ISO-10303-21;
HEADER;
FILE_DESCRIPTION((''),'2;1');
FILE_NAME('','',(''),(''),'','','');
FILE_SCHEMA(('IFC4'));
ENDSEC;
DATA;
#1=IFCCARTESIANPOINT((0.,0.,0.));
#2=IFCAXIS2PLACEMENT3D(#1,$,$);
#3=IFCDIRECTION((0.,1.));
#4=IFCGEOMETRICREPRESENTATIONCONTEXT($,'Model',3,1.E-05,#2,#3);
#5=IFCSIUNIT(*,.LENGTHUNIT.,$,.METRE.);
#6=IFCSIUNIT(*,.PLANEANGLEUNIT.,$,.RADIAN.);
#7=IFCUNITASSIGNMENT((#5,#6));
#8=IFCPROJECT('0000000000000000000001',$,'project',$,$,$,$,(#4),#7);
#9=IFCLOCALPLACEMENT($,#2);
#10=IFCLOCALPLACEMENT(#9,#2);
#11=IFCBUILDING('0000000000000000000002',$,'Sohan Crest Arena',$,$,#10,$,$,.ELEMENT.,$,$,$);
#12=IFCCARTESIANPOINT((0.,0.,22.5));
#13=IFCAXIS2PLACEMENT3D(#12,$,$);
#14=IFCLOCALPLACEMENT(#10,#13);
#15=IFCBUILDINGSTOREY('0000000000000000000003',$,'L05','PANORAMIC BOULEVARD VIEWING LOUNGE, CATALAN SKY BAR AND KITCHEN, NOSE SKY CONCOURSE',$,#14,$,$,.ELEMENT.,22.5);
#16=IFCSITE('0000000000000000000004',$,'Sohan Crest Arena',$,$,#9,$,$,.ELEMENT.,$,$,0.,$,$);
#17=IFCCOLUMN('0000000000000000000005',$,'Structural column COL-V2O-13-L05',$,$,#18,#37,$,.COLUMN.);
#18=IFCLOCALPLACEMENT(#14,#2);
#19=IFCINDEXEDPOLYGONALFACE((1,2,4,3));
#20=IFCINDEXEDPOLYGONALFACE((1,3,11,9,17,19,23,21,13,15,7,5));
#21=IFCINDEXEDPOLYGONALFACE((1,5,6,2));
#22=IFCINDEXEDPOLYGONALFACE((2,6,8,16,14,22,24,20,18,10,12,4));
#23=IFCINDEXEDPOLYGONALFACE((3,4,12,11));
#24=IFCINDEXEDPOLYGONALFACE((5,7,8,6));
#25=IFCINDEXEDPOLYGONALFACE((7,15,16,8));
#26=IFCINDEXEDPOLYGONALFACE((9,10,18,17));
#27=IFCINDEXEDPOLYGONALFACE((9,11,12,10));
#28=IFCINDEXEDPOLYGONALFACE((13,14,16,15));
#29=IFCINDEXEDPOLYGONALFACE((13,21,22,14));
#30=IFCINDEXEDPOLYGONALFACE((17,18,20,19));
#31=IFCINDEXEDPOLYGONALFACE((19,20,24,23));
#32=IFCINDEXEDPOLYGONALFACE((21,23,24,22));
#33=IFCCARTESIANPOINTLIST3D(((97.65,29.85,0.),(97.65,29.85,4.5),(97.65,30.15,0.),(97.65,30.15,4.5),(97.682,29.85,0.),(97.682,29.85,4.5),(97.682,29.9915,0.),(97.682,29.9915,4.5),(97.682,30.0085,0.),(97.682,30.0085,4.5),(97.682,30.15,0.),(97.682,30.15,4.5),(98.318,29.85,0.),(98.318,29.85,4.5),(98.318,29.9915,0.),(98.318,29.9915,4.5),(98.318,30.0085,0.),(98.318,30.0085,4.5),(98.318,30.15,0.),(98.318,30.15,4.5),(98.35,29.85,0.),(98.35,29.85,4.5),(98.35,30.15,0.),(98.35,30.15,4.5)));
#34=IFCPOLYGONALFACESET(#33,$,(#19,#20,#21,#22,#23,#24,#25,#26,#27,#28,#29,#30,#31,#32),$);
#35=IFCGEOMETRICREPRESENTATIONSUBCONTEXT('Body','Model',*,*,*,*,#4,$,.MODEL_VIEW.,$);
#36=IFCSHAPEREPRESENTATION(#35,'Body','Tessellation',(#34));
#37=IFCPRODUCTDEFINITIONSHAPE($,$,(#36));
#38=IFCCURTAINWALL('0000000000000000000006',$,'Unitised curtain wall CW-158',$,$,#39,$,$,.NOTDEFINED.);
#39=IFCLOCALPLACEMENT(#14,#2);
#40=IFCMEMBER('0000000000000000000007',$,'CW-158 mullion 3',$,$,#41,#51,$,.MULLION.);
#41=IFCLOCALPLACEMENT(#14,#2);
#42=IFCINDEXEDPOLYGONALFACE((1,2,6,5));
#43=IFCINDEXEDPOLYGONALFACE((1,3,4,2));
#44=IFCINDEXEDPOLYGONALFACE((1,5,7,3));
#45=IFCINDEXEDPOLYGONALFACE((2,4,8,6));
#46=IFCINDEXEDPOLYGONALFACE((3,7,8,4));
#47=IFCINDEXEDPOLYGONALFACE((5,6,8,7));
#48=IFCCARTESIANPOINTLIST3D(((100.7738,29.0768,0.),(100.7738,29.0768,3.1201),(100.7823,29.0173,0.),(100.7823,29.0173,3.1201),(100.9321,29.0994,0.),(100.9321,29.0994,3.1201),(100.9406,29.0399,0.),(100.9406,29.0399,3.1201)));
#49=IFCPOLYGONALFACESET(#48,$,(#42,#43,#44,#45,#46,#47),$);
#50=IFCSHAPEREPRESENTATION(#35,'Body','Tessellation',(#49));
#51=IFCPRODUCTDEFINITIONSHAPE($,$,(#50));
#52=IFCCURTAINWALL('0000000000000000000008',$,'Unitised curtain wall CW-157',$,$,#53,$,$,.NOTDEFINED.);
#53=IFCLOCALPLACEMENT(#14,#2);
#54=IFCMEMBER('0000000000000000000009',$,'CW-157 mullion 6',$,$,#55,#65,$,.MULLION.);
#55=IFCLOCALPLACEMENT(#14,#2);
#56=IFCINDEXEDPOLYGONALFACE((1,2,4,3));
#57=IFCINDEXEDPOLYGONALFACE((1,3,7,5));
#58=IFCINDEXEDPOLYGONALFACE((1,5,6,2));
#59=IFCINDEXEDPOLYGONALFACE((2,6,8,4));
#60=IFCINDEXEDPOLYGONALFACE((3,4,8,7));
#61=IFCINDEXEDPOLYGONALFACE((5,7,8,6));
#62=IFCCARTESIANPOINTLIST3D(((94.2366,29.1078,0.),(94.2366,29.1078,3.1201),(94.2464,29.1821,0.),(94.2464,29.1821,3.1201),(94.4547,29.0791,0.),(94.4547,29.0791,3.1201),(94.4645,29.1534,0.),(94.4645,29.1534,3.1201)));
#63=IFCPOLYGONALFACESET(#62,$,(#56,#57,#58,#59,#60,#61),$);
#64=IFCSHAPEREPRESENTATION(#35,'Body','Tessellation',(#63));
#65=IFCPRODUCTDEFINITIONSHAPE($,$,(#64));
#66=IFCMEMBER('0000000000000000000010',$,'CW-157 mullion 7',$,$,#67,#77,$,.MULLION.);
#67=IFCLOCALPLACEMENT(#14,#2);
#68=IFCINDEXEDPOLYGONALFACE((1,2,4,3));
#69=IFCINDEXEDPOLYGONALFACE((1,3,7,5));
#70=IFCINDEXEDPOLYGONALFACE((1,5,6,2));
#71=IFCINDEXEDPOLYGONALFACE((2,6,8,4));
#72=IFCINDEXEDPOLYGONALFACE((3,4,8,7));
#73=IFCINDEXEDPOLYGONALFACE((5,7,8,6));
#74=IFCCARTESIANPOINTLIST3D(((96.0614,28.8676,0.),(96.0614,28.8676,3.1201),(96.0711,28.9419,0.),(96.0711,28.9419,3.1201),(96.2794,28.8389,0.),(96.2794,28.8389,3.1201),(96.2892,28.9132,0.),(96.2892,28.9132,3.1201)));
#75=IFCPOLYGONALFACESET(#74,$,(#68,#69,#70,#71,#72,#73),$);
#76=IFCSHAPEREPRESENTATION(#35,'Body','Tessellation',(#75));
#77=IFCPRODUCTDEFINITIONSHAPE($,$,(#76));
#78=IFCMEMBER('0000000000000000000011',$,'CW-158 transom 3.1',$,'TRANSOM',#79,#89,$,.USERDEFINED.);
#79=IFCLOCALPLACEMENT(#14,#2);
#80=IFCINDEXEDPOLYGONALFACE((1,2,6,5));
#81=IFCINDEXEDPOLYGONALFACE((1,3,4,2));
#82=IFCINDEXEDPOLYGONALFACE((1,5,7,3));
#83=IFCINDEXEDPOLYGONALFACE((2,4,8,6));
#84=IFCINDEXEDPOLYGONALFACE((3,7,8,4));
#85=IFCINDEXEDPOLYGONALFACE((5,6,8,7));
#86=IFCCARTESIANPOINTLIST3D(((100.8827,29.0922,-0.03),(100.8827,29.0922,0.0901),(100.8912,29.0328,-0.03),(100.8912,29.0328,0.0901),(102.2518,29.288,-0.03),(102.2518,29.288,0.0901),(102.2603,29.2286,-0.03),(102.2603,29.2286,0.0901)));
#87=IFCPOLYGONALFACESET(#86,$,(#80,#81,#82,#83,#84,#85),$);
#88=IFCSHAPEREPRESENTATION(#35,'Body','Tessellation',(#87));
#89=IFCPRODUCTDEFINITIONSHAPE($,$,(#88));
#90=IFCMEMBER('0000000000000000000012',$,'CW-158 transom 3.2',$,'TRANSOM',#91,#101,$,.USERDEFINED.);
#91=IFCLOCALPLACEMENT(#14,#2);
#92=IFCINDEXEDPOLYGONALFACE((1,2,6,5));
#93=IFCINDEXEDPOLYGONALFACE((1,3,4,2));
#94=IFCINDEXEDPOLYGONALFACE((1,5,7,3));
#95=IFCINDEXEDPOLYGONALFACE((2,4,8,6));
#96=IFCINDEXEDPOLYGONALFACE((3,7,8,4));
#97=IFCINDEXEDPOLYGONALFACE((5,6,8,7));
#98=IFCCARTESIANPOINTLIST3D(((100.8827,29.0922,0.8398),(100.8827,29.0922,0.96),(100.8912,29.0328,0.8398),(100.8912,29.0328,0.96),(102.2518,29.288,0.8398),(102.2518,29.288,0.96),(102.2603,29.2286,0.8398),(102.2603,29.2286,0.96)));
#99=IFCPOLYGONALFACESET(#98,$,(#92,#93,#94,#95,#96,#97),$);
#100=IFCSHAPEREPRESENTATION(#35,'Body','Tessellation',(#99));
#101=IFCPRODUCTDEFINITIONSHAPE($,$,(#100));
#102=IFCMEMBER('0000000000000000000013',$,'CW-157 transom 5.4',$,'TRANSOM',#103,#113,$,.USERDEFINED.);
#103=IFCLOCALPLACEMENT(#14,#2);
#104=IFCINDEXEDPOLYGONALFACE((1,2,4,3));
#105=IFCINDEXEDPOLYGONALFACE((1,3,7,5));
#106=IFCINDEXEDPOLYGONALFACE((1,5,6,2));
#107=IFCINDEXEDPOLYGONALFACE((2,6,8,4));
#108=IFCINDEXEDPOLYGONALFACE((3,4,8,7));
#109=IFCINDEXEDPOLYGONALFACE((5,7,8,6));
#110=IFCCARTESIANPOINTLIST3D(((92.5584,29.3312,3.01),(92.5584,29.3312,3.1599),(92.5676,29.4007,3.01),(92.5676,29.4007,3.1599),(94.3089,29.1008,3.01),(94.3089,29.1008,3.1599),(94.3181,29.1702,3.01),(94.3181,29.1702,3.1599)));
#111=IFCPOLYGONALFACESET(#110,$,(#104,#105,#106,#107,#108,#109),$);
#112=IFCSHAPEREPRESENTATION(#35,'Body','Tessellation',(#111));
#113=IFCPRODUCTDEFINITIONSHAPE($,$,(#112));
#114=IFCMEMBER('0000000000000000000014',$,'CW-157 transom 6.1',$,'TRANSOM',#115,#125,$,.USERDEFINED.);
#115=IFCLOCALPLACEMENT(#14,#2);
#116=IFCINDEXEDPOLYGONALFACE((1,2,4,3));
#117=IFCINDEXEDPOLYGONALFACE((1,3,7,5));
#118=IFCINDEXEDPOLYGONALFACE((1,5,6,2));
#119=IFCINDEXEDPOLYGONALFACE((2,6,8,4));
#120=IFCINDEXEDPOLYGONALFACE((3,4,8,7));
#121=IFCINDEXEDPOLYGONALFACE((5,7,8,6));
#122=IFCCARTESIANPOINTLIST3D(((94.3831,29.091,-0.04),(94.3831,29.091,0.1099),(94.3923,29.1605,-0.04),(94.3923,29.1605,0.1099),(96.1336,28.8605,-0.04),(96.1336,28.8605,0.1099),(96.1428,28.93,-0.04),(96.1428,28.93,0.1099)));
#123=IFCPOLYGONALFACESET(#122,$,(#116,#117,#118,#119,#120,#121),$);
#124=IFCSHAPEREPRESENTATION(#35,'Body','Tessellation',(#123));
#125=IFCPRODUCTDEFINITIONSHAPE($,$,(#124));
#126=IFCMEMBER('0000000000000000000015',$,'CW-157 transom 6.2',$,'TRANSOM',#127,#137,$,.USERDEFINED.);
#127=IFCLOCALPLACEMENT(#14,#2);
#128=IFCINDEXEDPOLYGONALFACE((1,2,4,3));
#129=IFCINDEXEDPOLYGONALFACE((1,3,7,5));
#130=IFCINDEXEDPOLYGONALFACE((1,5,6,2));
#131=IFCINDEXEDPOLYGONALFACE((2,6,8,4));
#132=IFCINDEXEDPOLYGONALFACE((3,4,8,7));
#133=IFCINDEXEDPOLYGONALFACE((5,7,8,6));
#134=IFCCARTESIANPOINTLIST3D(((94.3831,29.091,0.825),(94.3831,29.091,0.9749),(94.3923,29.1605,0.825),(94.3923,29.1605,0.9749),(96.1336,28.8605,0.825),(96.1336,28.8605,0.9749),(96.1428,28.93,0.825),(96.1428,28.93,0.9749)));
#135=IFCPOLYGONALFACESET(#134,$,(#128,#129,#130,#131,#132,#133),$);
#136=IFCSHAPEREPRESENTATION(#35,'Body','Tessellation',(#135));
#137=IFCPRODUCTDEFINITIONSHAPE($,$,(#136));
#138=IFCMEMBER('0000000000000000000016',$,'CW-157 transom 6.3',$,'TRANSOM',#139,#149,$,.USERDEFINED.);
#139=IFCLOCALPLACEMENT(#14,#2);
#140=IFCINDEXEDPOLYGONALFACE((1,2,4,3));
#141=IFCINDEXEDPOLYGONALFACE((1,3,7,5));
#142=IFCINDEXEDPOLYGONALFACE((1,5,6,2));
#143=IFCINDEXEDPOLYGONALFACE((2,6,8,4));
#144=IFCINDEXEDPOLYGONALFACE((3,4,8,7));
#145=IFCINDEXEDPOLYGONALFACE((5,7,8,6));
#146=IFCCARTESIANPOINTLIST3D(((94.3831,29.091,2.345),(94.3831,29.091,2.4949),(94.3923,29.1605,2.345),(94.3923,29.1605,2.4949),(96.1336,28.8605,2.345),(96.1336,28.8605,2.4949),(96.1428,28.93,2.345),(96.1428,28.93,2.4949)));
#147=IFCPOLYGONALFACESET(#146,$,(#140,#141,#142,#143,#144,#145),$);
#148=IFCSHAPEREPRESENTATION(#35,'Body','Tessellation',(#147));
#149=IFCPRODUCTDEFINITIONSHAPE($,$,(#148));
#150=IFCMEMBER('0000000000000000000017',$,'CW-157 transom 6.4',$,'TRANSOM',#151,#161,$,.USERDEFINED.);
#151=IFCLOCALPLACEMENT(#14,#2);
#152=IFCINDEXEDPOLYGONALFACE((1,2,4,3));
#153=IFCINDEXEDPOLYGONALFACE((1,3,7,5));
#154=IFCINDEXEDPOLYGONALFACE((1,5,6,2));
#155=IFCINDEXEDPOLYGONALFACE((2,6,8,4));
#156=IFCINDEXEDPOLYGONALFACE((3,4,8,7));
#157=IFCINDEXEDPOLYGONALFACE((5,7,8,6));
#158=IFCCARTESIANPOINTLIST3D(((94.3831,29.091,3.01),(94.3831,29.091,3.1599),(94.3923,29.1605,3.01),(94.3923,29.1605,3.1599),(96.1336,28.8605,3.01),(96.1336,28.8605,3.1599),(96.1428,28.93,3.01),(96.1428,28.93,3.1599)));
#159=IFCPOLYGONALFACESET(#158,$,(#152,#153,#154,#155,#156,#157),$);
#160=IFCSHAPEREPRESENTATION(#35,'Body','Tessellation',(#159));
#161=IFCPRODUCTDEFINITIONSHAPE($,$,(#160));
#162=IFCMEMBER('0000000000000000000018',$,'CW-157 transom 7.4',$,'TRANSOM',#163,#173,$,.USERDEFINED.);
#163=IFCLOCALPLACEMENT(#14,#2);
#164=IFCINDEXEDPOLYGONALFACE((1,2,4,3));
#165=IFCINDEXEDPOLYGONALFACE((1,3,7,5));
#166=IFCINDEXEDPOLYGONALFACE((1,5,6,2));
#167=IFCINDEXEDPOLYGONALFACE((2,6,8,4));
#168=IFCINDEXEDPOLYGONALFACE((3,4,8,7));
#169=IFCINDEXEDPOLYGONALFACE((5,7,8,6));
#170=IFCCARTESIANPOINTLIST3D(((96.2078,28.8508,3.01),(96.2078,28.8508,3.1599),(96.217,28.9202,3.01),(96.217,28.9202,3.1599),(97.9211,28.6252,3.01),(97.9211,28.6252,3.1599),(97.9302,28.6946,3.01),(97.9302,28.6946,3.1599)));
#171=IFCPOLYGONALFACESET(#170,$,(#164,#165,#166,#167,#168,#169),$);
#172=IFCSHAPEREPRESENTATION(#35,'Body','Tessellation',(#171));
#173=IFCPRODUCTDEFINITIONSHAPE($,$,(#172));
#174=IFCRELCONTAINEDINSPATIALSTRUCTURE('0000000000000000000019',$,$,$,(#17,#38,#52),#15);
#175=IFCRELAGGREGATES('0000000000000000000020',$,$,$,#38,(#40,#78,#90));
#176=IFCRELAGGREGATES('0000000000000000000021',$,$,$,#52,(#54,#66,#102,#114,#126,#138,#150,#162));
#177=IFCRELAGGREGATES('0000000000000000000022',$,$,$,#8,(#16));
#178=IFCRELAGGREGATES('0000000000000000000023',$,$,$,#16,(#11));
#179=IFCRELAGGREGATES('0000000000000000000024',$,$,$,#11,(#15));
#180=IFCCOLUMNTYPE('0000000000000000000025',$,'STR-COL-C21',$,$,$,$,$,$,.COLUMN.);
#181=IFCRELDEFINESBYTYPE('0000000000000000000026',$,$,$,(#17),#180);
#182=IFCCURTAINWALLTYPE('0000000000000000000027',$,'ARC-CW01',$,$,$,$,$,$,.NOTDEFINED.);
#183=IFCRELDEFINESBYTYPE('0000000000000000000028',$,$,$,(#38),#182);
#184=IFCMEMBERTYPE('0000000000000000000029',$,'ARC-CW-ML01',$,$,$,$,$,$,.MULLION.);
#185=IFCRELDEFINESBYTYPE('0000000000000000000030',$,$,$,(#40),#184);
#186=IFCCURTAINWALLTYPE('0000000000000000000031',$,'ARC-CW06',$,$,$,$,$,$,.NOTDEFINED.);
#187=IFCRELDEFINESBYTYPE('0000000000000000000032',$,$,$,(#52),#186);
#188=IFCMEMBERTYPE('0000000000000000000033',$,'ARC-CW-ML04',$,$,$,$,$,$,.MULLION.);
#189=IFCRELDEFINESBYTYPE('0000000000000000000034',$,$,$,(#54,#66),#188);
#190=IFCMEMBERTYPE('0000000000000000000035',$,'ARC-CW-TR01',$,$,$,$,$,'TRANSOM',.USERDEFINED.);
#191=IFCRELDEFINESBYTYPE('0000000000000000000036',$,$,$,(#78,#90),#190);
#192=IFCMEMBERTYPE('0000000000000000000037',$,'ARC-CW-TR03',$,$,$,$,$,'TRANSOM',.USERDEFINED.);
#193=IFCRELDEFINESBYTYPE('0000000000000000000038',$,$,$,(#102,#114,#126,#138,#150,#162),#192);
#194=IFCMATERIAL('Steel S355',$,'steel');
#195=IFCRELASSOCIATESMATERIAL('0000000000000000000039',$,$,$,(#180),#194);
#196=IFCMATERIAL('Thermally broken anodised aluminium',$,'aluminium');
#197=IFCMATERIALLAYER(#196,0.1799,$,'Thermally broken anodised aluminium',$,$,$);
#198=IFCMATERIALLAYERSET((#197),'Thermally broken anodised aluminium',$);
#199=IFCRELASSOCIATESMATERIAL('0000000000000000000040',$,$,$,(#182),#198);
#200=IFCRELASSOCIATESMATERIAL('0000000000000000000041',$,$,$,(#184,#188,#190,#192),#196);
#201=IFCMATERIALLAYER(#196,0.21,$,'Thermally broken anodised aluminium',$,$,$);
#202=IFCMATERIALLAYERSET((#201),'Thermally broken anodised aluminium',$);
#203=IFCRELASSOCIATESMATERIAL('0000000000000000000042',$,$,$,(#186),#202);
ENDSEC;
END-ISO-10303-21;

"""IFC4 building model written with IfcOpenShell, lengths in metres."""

from ifc_helpers import new_model, si_unit, direction, frame, origin, origin_2d, place, context, subcontext, project, spatial, rectangle, i_section, extrude, material, layer, layer_set, material_profile, profile_set, type_object, element, aggregate, save


model = new_model("IFC4")

# Units and contexts
model_context = context("Model", 3, precision=1e-05, world=origin(), true_north=direction((0.0, 1.0)))
body_context = subcontext(model_context, "Body", "Model", "MODEL_VIEW")
ifc_project = project(units=[si_unit("LENGTHUNIT", "METRE"), si_unit("PLANEANGLEUNIT", "RADIAN")], contexts=[model_context])

# Site, building, storey
site_placement = place(None, origin())
site = spatial("IfcSite", under=ifc_project, at=site_placement, Name="Sohan Crest Arena", CompositionType="ELEMENT", RefElevation=0.0)
building_placement = place(site_placement, origin())
building = spatial("IfcBuilding", under=site, at=building_placement, Name="Sohan Crest Arena", CompositionType="ELEMENT")
storey_placement = place(building_placement, frame((0.0, 0.0, 22.5)))
storey = spatial("IfcBuildingStorey", under=building, at=storey_placement, Name="L05", Description="PANORAMIC BOULEVARD VIEWING LOUNGE, CATALAN SKY BAR AND KITCHEN, NOSE SKY CONCOURSE", CompositionType="ELEMENT", Elevation=22.5)

# Column
ifc_material_1 = material(Name="Steel S355", Category="steel")
ifc_material_profile_1 = material_profile(ifc_material_1, i_section(OverallWidth=0.3, OverallDepth=0.7, WebThickness=0.0171, FlangeThickness=0.032, at=origin_2d()), Name="HEB 700")
ifc_profile_set_1 = profile_set([ifc_material_profile_1], Name="Steel S355")
column_type = type_object("IfcColumnType", Name="STR-COL-C21", PredefinedType="COLUMN", material=ifc_profile_set_1)
column_placement = place(storey_placement, frame((98.0, 30.0, 0.0), z_axis=(0.0, 0.0, 1.0), x_axis=(0.0, 1.0, 0.0)))
element("IfcColumn", 1, at=column_placement, inside=storey, type_object=column_type, Name="Structural column COL-V2O-13-L05", PredefinedType="COLUMN", context=body_context, shape_type="SweptSolid", body=[
    extrude(i_section(OverallWidth=0.3, OverallDepth=0.7, WebThickness=0.0171, FlangeThickness=0.032, at=origin_2d()), origin(), (0.0, 0.0, 1.0), 4.5),
])

# Curtain wall, member
ifc_material_2 = material(Name="Thermally broken anodised aluminium", Category="aluminium")
ifc_layer_1 = layer(ifc_material_2, 0.1799, Name="Thermally broken anodised aluminium")
ifc_layer_set_1 = layer_set([ifc_layer_1], Name="Thermally broken anodised aluminium")
curtain_wall_type_1 = type_object("IfcCurtainWallType", Name="ARC-CW01", PredefinedType="NOTDEFINED", material=ifc_layer_set_1)
curtain_wall_1_placement = place(storey_placement, origin())
curtain_wall_1 = element("IfcCurtainWall", 2, at=curtain_wall_1_placement, inside=storey, type_object=curtain_wall_type_1, Name="Unitised curtain wall CW-158", PredefinedType="NOTDEFINED")
ifc_material_profile_2 = material_profile(ifc_material_2, rectangle(XDim=0.0601, YDim=0.1599, at=origin_2d()), Name="ALU-MULL 60x160")
ifc_profile_set_2 = profile_set([ifc_material_profile_2], Name="Thermally broken anodised aluminium")
member_type_1 = type_object("IfcMemberType", Name="ARC-CW-ML01", PredefinedType="MULLION", material=ifc_profile_set_2)
member_1_placement = place(storey_placement, frame((100.8572, 29.0583, 0.0), z_axis=(0.0, 0.0, 1.0), x_axis=(-0.141463, 0.989944, 0.0)))
member_1 = element("IfcMember", 3, at=member_1_placement, type_object=member_type_1, Name="CW-158 mullion 3", PredefinedType="MULLION", context=body_context, shape_type="SweptSolid", body=[
    extrude(rectangle(XDim=0.0601, YDim=0.1599, at=origin_2d()), origin(), (0.0, 0.0, 1.0), 3.1201),
])

# Curtain wall, members
ifc_layer_2 = layer(ifc_material_2, 0.21, Name="Thermally broken anodised aluminium")
ifc_layer_set_2 = layer_set([ifc_layer_2], Name="Thermally broken anodised aluminium")
curtain_wall_type_2 = type_object("IfcCurtainWallType", Name="ARC-CW06", PredefinedType="NOTDEFINED", material=ifc_layer_set_2)
curtain_wall_2_placement = place(storey_placement, origin())
curtain_wall_2 = element("IfcCurtainWall", 4, at=curtain_wall_2_placement, inside=storey, type_object=curtain_wall_type_2, Name="Unitised curtain wall CW-157", PredefinedType="NOTDEFINED")
ifc_material_profile_3 = material_profile(ifc_material_2, rectangle(XDim=0.075, YDim=0.22, at=origin_2d()), Name="ALU-MULL 75x220")
ifc_profile_set_3 = profile_set([ifc_material_profile_3], Name="Thermally broken anodised aluminium")
member_type_2 = type_object("IfcMemberType", Name="ARC-CW-ML04", PredefinedType="MULLION", material=ifc_profile_set_3)
member_2_placement = place(storey_placement, frame((94.3506, 29.1306, 0.0), z_axis=(0.0, 0.0, 1.0), x_axis=(0.130557, 0.991441, 0.0)))
member_2 = element("IfcMember", 5, at=member_2_placement, type_object=member_type_2, Name="CW-157 mullion 6", PredefinedType="MULLION", context=body_context, shape_type="SweptSolid", body=[
    extrude(rectangle(XDim=0.075, YDim=0.22, at=origin_2d()), origin(), (0.0, 0.0, 1.0), 3.1201),
])
member_3_placement = place(storey_placement, frame((96.1753, 28.8904, 0.0), z_axis=(0.0, 0.0, 1.0), x_axis=(0.130557, 0.991441, 0.0)))
member_3 = element("IfcMember", 6, at=member_3_placement, type_object=member_type_2, Name="CW-157 mullion 7", PredefinedType="MULLION", context=body_context, shape_type="SweptSolid", body=[
    extrude(rectangle(XDim=0.075, YDim=0.22, at=origin_2d()), origin(), (0.0, 0.0, 1.0), 3.1201),
])

# Members
ifc_material_profile_4 = material_profile(ifc_material_2, rectangle(XDim=0.0601, YDim=0.1201, at=origin_2d()), Name="ALU-TRAN 60x120")
ifc_profile_set_4 = profile_set([ifc_material_profile_4], Name="Thermally broken anodised aluminium")
member_type_3 = type_object("IfcMemberType", Name="ARC-CW-TR01", ElementType="TRANSOM", PredefinedType="USERDEFINED", material=ifc_profile_set_4)
member_4_placement = place(storey_placement, frame((100.887, 29.0625, 0.03), z_axis=(0.989928, 0.14157, 0.0), x_axis=(-0.14157, 0.989928, 0.0)))
member_4 = element("IfcMember", 7, at=member_4_placement, type_object=member_type_3, Name="CW-158 transom 3.1", ObjectType="TRANSOM", PredefinedType="USERDEFINED", context=body_context, shape_type="SweptSolid", body=[
    extrude(rectangle(XDim=0.0601, YDim=0.1201, at=origin_2d()), origin(), (0.0, 0.0, 1.0), 1.3831),
])
member_5_placement = place(storey_placement, frame((100.887, 29.0625, 0.8999), z_axis=(0.989928, 0.14157, 0.0), x_axis=(-0.14157, 0.989928, 0.0)))
member_5 = element("IfcMember", 8, at=member_5_placement, type_object=member_type_3, Name="CW-158 transom 3.2", ObjectType="TRANSOM", PredefinedType="USERDEFINED", context=body_context, shape_type="SweptSolid", body=[
    extrude(rectangle(XDim=0.0601, YDim=0.1201, at=origin_2d()), origin(), (0.0, 0.0, 1.0), 1.3831),
])
ifc_material_profile_5 = material_profile(ifc_material_2, rectangle(XDim=0.0701, YDim=0.1499, at=origin_2d()), Name="ALU-TRAN 70x150")
ifc_profile_set_5 = profile_set([ifc_material_profile_5], Name="Thermally broken anodised aluminium")
member_type_4 = type_object("IfcMemberType", Name="ARC-CW-TR03", ElementType="TRANSOM", PredefinedType="USERDEFINED", material=ifc_profile_set_5)
member_6_placement = place(storey_placement, frame((92.563, 29.366, 3.085), z_axis=(0.991444, -0.130533, 0.0), x_axis=(0.130533, 0.991444, 0.0)))
member_6 = element("IfcMember", 9, at=member_6_placement, type_object=member_type_4, Name="CW-157 transom 5.4", ObjectType="TRANSOM", PredefinedType="USERDEFINED", context=body_context, shape_type="SweptSolid", body=[
    extrude(rectangle(XDim=0.0701, YDim=0.1499, at=origin_2d()), origin(), (0.0, 0.0, 1.0), 1.7656),
])
member_7_placement = place(storey_placement, frame((94.3877, 29.1257, 0.0349), z_axis=(0.991444, -0.130533, 0.0), x_axis=(0.130533, 0.991444, 0.0)))
member_7 = element("IfcMember", 10, at=member_7_placement, type_object=member_type_4, Name="CW-157 transom 6.1", ObjectType="TRANSOM", PredefinedType="USERDEFINED", context=body_context, shape_type="SweptSolid", body=[
    extrude(rectangle(XDim=0.0701, YDim=0.1499, at=origin_2d()), origin(), (0.0, 0.0, 1.0), 1.7656),
])
member_8_placement = place(storey_placement, frame((94.3877, 29.1257, 0.8999), z_axis=(0.991444, -0.130533, 0.0), x_axis=(0.130533, 0.991444, 0.0)))
member_8 = element("IfcMember", 11, at=member_8_placement, type_object=member_type_4, Name="CW-157 transom 6.2", ObjectType="TRANSOM", PredefinedType="USERDEFINED", context=body_context, shape_type="SweptSolid", body=[
    extrude(rectangle(XDim=0.0701, YDim=0.1499, at=origin_2d()), origin(), (0.0, 0.0, 1.0), 1.7656),
])
member_9_placement = place(storey_placement, frame((94.3877, 29.1257, 2.4199), z_axis=(0.991444, -0.130533, 0.0), x_axis=(0.130533, 0.991444, 0.0)))
member_9 = element("IfcMember", 12, at=member_9_placement, type_object=member_type_4, Name="CW-157 transom 6.3", ObjectType="TRANSOM", PredefinedType="USERDEFINED", context=body_context, shape_type="SweptSolid", body=[
    extrude(rectangle(XDim=0.0701, YDim=0.1499, at=origin_2d()), origin(), (0.0, 0.0, 1.0), 1.7656),
])
member_10_placement = place(storey_placement, frame((94.3877, 29.1257, 3.085), z_axis=(0.991444, -0.130533, 0.0), x_axis=(0.130533, 0.991444, 0.0)))
member_10 = element("IfcMember", 13, at=member_10_placement, type_object=member_type_4, Name="CW-157 transom 6.4", ObjectType="TRANSOM", PredefinedType="USERDEFINED", context=body_context, shape_type="SweptSolid", body=[
    extrude(rectangle(XDim=0.0701, YDim=0.1499, at=origin_2d()), origin(), (0.0, 0.0, 1.0), 1.7656),
])
member_11_placement = place(storey_placement, frame((96.2124, 28.8855, 3.085), z_axis=(0.991441, -0.130553, 0.0), x_axis=(0.130553, 0.991441, 0.0)))
member_11 = element("IfcMember", 14, at=member_11_placement, type_object=member_type_4, Name="CW-157 transom 7.4", ObjectType="TRANSOM", PredefinedType="USERDEFINED", context=body_context, shape_type="SweptSolid", body=[
    extrude(rectangle(XDim=0.0701, YDim=0.1499, at=origin_2d()), origin(), (0.0, 0.0, 1.0), 1.728),
])

aggregate(curtain_wall_1, [member_1, member_4, member_5])
aggregate(curtain_wall_2, [member_2, member_3, member_6, member_7, member_8, member_9, member_10, member_11])

save(model, "model.ifc")
